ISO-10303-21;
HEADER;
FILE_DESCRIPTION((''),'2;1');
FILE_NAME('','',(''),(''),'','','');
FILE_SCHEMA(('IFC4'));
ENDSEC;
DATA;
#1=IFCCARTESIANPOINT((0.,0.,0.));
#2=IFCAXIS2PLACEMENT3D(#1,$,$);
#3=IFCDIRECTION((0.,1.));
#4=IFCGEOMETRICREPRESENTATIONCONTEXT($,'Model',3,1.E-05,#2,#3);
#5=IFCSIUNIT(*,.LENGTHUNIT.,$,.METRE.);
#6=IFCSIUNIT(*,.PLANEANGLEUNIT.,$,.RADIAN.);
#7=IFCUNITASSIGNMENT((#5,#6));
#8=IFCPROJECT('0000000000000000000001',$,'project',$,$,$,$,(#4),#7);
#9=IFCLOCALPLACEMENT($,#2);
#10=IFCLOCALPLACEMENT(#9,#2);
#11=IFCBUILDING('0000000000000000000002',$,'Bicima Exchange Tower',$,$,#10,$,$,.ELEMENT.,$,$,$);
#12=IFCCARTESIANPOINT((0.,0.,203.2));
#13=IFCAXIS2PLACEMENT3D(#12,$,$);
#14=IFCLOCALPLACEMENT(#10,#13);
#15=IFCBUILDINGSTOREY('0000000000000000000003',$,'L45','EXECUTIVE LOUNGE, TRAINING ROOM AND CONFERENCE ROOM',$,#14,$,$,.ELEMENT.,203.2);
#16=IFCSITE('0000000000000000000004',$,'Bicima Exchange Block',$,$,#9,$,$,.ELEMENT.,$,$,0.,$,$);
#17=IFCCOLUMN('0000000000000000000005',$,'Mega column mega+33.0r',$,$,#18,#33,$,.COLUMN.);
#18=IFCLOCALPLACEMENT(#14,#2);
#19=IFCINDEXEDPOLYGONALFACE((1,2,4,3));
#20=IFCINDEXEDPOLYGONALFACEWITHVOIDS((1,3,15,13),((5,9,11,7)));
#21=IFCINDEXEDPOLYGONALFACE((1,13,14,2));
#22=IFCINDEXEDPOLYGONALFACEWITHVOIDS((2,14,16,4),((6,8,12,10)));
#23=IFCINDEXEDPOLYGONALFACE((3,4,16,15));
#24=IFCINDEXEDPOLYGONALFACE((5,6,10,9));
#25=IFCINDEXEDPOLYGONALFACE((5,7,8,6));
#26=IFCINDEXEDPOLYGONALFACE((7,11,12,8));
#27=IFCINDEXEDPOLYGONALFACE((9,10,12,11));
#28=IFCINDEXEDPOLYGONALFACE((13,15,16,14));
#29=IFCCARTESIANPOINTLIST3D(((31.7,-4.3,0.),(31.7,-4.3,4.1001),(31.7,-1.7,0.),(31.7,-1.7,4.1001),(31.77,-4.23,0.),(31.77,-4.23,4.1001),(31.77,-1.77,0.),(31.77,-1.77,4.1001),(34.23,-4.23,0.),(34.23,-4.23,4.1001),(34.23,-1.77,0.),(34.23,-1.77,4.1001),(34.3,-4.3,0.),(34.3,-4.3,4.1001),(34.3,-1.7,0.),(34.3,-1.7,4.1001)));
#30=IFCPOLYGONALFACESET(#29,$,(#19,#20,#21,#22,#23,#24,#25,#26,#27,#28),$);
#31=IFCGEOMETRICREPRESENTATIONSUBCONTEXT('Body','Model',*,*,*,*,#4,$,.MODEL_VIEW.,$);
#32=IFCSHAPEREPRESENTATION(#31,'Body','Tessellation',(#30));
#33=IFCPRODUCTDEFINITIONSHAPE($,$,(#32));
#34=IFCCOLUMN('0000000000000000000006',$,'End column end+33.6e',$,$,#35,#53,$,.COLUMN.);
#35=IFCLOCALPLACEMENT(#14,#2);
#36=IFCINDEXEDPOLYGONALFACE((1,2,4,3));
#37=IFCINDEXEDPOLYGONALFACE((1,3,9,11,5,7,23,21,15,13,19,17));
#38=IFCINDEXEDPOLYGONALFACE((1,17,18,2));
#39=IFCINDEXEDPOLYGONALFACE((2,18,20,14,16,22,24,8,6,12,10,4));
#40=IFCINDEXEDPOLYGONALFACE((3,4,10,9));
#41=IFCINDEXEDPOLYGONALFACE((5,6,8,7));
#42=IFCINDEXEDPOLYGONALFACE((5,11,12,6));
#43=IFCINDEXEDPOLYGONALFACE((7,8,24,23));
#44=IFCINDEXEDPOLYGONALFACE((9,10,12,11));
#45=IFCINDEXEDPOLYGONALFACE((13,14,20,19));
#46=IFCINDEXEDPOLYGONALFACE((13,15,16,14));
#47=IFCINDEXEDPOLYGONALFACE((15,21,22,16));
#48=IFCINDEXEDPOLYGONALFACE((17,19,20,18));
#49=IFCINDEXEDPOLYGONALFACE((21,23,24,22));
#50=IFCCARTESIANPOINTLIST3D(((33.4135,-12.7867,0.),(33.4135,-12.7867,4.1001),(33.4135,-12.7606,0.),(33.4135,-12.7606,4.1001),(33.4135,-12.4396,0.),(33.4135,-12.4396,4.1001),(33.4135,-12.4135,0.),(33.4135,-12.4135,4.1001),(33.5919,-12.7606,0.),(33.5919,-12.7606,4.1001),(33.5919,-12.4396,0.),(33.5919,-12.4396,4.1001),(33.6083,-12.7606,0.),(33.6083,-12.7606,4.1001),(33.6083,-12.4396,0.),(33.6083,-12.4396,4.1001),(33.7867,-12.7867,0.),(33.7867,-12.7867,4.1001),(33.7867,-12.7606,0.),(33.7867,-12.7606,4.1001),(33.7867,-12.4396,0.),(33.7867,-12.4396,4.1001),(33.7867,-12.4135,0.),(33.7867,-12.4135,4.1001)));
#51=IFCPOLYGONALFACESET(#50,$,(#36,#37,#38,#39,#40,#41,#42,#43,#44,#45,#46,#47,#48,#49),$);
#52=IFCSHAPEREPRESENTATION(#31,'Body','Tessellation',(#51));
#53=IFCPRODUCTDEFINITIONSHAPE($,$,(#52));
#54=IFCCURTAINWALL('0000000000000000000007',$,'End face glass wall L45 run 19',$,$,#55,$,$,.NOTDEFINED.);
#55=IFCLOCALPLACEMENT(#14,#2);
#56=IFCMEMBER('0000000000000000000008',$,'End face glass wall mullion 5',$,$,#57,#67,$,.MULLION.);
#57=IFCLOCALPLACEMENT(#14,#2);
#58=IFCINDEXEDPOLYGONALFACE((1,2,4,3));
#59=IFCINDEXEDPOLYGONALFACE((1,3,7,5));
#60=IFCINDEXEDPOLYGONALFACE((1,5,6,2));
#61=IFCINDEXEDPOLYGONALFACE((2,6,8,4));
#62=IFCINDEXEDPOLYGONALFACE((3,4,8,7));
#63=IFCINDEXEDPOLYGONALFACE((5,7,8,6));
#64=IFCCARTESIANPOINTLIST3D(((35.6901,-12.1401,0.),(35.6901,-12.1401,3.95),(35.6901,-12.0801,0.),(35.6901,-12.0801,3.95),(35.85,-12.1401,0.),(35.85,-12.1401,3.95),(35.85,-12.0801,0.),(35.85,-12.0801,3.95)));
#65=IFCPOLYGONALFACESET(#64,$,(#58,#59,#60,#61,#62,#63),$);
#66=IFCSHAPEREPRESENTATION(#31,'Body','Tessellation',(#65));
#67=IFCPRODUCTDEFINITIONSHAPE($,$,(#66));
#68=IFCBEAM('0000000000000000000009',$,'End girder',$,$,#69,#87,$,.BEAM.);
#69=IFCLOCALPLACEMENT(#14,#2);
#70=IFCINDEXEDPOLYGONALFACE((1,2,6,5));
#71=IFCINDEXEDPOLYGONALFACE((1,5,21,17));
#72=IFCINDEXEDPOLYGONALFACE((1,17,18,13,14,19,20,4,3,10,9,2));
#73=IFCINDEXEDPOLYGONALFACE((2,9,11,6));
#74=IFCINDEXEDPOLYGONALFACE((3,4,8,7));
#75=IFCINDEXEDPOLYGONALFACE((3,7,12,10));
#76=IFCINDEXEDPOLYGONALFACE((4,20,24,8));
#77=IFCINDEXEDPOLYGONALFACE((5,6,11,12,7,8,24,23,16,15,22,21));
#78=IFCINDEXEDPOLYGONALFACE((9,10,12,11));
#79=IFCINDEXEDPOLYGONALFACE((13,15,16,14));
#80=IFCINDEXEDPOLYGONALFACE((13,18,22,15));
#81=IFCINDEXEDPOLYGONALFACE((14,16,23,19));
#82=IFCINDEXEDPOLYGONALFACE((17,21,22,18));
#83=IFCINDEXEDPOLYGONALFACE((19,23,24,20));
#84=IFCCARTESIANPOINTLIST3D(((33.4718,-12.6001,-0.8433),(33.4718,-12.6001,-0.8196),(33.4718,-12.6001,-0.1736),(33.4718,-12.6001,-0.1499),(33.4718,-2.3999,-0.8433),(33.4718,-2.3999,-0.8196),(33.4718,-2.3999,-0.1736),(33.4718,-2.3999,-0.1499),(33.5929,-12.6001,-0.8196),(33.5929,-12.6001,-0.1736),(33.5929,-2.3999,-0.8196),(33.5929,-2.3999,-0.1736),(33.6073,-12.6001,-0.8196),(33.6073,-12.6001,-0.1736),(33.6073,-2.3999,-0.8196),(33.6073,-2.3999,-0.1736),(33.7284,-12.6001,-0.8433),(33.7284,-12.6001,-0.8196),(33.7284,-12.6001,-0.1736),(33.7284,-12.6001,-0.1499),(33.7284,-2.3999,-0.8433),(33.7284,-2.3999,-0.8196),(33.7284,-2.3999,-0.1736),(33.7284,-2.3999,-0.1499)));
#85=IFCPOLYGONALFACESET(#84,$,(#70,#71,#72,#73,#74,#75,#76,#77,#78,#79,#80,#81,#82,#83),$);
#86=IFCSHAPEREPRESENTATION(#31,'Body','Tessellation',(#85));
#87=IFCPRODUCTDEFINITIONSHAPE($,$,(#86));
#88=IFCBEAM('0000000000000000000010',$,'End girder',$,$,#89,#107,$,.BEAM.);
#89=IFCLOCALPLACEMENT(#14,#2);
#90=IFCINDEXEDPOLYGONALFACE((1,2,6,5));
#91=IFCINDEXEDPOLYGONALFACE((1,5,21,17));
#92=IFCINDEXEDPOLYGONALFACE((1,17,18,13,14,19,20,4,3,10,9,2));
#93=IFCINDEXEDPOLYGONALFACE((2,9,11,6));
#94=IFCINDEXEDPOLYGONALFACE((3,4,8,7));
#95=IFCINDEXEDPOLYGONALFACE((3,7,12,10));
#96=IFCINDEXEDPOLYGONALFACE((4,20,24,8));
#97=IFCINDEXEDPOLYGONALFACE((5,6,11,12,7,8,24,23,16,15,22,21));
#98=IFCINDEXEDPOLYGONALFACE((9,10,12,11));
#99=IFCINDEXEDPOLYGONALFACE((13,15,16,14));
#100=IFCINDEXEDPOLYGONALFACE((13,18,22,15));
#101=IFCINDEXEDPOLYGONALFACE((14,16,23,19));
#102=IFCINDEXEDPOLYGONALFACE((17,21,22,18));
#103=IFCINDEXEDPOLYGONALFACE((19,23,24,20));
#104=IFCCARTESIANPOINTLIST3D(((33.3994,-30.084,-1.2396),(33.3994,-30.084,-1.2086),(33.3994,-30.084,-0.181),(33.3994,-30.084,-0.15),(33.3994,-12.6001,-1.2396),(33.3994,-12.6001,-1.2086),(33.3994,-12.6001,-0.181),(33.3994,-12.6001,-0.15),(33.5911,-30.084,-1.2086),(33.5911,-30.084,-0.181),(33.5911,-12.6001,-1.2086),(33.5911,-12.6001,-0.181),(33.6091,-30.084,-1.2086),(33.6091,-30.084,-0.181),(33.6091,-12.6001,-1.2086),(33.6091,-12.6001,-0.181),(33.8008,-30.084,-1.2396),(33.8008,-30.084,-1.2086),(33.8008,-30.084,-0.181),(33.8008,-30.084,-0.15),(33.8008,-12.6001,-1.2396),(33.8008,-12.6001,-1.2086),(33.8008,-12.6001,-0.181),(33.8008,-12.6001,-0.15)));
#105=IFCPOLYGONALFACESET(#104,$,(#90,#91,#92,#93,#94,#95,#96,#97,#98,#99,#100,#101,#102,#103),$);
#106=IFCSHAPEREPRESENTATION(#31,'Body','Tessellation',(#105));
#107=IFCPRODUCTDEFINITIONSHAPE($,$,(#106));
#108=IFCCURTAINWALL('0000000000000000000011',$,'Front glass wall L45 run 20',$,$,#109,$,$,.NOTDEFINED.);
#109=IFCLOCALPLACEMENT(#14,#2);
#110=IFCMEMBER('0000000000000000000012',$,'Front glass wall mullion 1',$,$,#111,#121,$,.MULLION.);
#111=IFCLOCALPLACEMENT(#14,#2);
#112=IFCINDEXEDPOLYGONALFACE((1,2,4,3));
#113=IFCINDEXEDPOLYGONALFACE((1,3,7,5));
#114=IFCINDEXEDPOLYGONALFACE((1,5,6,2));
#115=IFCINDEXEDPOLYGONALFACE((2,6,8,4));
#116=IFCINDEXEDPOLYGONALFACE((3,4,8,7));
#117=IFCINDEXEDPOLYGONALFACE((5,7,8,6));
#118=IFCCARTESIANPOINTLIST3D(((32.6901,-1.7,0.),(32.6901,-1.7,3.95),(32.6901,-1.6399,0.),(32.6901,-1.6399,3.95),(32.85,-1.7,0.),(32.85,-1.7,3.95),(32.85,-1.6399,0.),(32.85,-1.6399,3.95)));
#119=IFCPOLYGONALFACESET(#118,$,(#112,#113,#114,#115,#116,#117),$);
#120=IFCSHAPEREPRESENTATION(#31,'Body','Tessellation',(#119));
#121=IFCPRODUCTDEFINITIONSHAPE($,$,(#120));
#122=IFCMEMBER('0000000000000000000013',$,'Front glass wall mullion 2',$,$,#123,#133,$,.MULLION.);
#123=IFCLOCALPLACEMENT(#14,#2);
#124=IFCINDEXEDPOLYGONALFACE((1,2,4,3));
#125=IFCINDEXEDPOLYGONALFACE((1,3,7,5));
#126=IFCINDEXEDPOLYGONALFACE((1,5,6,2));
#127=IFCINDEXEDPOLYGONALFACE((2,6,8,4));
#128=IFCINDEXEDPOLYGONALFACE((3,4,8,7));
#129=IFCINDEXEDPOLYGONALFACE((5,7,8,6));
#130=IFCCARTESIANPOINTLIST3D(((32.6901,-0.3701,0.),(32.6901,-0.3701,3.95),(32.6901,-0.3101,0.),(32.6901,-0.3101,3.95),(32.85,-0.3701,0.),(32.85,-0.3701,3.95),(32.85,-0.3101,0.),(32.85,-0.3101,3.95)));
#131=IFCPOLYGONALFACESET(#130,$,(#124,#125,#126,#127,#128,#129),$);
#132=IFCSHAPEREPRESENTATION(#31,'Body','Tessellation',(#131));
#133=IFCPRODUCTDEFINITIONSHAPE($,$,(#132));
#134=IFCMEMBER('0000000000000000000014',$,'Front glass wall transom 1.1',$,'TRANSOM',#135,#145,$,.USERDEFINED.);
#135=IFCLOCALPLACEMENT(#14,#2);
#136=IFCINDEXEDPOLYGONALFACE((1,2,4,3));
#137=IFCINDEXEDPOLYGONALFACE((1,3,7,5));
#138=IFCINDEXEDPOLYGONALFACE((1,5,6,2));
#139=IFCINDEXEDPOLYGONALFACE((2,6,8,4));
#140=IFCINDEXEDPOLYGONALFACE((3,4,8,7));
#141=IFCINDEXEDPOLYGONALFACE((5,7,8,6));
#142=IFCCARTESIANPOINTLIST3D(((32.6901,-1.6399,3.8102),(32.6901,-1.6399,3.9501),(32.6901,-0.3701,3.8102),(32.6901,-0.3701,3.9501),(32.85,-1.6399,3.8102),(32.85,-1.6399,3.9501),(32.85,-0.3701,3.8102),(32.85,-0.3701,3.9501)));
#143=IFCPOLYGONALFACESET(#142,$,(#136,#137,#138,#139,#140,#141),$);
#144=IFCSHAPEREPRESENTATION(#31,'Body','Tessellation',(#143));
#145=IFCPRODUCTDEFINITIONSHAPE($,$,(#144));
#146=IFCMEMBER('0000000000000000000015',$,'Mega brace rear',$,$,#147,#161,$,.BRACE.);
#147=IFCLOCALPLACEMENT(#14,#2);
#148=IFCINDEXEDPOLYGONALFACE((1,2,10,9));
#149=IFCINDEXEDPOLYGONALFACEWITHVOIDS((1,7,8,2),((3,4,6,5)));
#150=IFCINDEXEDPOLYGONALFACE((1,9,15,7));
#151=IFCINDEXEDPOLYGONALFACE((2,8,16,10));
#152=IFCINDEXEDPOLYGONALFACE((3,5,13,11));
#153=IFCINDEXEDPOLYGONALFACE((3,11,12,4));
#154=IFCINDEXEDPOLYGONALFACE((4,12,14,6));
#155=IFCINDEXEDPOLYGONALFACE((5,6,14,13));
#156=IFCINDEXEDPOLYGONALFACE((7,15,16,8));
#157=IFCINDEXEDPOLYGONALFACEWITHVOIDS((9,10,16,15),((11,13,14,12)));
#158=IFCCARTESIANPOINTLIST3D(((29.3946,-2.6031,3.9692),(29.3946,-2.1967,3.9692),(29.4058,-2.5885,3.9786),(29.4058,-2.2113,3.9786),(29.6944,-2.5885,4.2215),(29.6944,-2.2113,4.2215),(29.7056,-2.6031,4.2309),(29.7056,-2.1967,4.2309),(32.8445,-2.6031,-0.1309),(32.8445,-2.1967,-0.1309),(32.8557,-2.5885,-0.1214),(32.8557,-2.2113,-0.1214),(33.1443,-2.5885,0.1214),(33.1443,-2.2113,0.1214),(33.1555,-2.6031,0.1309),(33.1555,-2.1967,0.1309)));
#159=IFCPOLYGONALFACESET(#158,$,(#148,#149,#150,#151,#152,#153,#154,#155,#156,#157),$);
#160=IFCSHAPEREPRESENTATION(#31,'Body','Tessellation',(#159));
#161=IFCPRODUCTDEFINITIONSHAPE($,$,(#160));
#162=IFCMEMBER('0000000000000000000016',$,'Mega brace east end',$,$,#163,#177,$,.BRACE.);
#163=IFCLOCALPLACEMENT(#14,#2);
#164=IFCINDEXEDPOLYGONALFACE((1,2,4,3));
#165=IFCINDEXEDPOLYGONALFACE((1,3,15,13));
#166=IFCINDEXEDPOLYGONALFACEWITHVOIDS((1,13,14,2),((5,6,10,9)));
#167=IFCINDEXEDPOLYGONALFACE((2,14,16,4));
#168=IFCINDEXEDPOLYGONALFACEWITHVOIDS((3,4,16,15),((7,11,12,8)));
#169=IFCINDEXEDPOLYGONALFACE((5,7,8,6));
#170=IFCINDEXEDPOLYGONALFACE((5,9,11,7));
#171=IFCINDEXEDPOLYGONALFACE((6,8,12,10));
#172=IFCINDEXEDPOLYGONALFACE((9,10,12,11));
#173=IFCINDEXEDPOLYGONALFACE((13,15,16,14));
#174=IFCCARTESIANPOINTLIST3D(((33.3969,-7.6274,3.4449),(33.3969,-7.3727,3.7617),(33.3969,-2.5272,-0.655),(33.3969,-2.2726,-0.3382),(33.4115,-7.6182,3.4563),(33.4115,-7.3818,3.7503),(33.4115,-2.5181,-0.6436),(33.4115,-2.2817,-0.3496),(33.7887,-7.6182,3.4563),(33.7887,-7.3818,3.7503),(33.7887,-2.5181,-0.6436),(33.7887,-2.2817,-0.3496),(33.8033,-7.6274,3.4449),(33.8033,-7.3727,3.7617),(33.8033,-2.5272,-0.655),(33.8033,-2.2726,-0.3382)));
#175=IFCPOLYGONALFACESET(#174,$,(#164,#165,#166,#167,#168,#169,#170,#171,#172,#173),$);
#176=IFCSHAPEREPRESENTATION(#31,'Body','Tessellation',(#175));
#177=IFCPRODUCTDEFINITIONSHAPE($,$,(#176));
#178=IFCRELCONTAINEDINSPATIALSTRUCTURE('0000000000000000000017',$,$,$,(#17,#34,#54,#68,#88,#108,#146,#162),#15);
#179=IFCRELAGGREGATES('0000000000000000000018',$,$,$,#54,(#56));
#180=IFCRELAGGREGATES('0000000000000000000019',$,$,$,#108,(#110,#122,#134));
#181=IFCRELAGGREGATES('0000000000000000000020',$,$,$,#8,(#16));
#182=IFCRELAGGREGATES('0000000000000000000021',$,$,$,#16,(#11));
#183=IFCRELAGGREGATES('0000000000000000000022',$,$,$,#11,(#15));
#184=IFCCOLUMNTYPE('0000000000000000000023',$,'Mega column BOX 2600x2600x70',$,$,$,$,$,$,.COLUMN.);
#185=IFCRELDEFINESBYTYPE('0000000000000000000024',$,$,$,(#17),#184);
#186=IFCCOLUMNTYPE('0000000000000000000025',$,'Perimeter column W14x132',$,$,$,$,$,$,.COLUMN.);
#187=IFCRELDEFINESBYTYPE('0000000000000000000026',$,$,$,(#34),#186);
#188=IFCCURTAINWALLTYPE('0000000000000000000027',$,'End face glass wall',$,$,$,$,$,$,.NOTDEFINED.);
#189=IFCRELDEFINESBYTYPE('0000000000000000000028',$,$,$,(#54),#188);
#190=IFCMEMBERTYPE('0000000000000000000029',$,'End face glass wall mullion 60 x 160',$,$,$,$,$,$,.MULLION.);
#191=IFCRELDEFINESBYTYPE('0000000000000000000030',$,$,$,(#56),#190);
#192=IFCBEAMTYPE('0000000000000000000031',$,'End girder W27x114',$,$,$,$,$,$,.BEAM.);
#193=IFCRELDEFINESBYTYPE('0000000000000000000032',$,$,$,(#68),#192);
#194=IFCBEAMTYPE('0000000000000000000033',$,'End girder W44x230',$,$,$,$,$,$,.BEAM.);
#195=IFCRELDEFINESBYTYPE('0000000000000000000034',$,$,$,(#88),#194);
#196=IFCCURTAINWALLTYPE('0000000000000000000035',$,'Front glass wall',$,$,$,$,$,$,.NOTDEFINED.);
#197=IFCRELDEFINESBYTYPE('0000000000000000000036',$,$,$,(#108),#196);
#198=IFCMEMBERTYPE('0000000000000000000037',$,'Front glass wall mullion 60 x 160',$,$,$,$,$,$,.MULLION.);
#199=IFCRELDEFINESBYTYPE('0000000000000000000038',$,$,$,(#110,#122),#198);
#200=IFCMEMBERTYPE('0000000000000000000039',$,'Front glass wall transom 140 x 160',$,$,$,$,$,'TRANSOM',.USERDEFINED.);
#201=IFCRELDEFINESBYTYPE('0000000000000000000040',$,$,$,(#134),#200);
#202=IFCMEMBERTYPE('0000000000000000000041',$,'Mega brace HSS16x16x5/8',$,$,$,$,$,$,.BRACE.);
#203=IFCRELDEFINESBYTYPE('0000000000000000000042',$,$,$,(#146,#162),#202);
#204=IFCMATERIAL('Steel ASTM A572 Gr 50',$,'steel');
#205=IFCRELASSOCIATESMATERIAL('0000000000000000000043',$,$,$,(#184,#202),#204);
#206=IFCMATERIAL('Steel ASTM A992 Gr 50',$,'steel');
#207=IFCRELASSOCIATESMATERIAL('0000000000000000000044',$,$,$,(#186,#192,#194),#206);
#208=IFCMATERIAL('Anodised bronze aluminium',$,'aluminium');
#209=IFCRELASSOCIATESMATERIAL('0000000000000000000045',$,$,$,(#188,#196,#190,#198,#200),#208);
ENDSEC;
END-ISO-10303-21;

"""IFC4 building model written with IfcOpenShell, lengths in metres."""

from ifc_helpers import new_model, si_unit, direction, frame, origin, origin_2d, place, context, subcontext, project, spatial, rectangle, hollow_rectangle, i_section, extrude, material, material_profile, profile_set, type_object, element, aggregate, save


model = new_model("IFC4")

# Units and contexts
model_context = context("Model", 3, precision=1e-05, world=origin(), true_north=direction((0.0, 1.0)))
body_context = subcontext(model_context, "Body", "Model", "MODEL_VIEW")
ifc_project = project(units=[si_unit("LENGTHUNIT", "METRE"), si_unit("PLANEANGLEUNIT", "RADIAN")], contexts=[model_context])

# Site, building, storey
site_placement = place(None, origin())
site = spatial("IfcSite", under=ifc_project, at=site_placement, Name="Bicima Exchange Block", CompositionType="ELEMENT", RefElevation=0.0)
building_placement = place(site_placement, origin())
building = spatial("IfcBuilding", under=site, at=building_placement, Name="Bicima Exchange Tower", CompositionType="ELEMENT")
storey_placement = place(building_placement, frame((0.0, 0.0, 203.2)))
storey = spatial("IfcBuildingStorey", under=building, at=storey_placement, Name="L45", Description="EXECUTIVE LOUNGE, TRAINING ROOM AND CONFERENCE ROOM", CompositionType="ELEMENT", Elevation=203.2)

# Columns
ifc_material_1 = material(Name="Steel ASTM A572 Gr 50", Category="steel")
ifc_material_profile_1 = material_profile(ifc_material_1, hollow_rectangle(XDim=2.6001, YDim=2.6001, WallThickness=0.0701, at=origin_2d()))
ifc_profile_set_1 = profile_set([ifc_material_profile_1], Name="Steel ASTM A572 Gr 50")
column_type_1 = type_object("IfcColumnType", Name="Mega column BOX 2600x2600x70", PredefinedType="COLUMN", material=ifc_profile_set_1)
column_1_placement = place(storey_placement, frame((33.0, -3.0, 0.0), z_axis=(0.0, 0.0, 1.0), x_axis=(1.0, 0.0, 0.0)))
element("IfcColumn", 1, at=column_1_placement, inside=storey, type_object=column_type_1, Name="Mega column mega+33.0r", PredefinedType="COLUMN", context=body_context, shape_type="SweptSolid", body=[
    extrude(hollow_rectangle(XDim=2.6001, YDim=2.6001, WallThickness=0.0701, at=origin_2d()), origin(), (0.0, 0.0, 1.0), 4.1001),
])
ifc_material_2 = material(Name="Steel ASTM A992 Gr 50", Category="steel")
ifc_material_profile_2 = material_profile(ifc_material_2, i_section(OverallWidth=0.3733, OverallDepth=0.3733, WebThickness=0.0164, FlangeThickness=0.0261, at=origin_2d()))
ifc_profile_set_2 = profile_set([ifc_material_profile_2], Name="Steel ASTM A992 Gr 50")
column_type_2 = type_object("IfcColumnType", Name="Perimeter column W14x132", PredefinedType="COLUMN", material=ifc_profile_set_2)
column_2_placement = place(storey_placement, frame((33.6001, -12.6001, 0.0), z_axis=(0.0, 0.0, 1.0), x_axis=(1.0, 0.0, 0.0)))
element("IfcColumn", 2, at=column_2_placement, inside=storey, type_object=column_type_2, Name="End column end+33.6e", PredefinedType="COLUMN", context=body_context, shape_type="SweptSolid", body=[
    extrude(i_section(OverallWidth=0.3733, OverallDepth=0.3733, WebThickness=0.0164, FlangeThickness=0.0261, at=origin_2d()), origin(), (0.0, 0.0, 1.0), 4.1001),
])

# Curtain wall, member
ifc_material_3 = material(Name="Anodised bronze aluminium", Category="aluminium")
curtain_wall_type_1 = type_object("IfcCurtainWallType", Name="End face glass wall", PredefinedType="NOTDEFINED", material=ifc_material_3)
curtain_wall_1_placement = place(storey_placement, origin())
curtain_wall_1 = element("IfcCurtainWall", 3, at=curtain_wall_1_placement, inside=storey, type_object=curtain_wall_type_1, Name="End face glass wall L45 run 19", PredefinedType="NOTDEFINED")
ifc_material_profile_3 = material_profile(ifc_material_3, rectangle(XDim=0.1599, YDim=0.0601, at=origin_2d()))
ifc_profile_set_3 = profile_set([ifc_material_profile_3], Name="Anodised bronze aluminium")
member_type_1 = type_object("IfcMemberType", Name="End face glass wall mullion 60 x 160", PredefinedType="MULLION", material=ifc_profile_set_3)
member_1_placement = place(storey_placement, frame((35.77, -12.1101, 0.0), z_axis=(0.0, 0.0, 1.0), x_axis=(-1.0, 0.0, 0.0)))
member_1 = element("IfcMember", 4, at=member_1_placement, type_object=member_type_1, Name="End face glass wall mullion 5", PredefinedType="MULLION", context=body_context, shape_type="SweptSolid", body=[
    extrude(rectangle(XDim=0.1599, YDim=0.0601, at=origin_2d()), origin(), (0.0, 0.0, 1.0), 3.95),
])
aggregate(curtain_wall_1, [member_1])

# Beams
ifc_material_profile_4 = material_profile(ifc_material_2, i_section(OverallWidth=0.2566, OverallDepth=0.6934, WebThickness=0.0144, FlangeThickness=0.0237, at=origin_2d()))
ifc_profile_set_4 = profile_set([ifc_material_profile_4], Name="Steel ASTM A992 Gr 50")
beam_type_1 = type_object("IfcBeamType", Name="End girder W27x114", PredefinedType="BEAM", material=ifc_profile_set_4)
beam_1_placement = place(storey_placement, frame((33.6001, -2.3999, -0.4966), z_axis=(0.0, -1.0, 0.0), x_axis=(1.0, 0.0, 0.0)))
element("IfcBeam", 5, at=beam_1_placement, inside=storey, type_object=beam_type_1, Name="End girder", PredefinedType="BEAM", context=body_context, shape_type="SweptSolid", body=[
    extrude(i_section(OverallWidth=0.2566, OverallDepth=0.6934, WebThickness=0.0144, FlangeThickness=0.0237, at=origin_2d()), origin(), (0.0, 0.0, 1.0), 10.2002),
])
ifc_material_profile_5 = material_profile(ifc_material_2, i_section(OverallWidth=0.4014, OverallDepth=1.0896, WebThickness=0.0181, FlangeThickness=0.031, at=origin_2d()))
ifc_profile_set_5 = profile_set([ifc_material_profile_5], Name="Steel ASTM A992 Gr 50")
beam_type_2 = type_object("IfcBeamType", Name="End girder W44x230", PredefinedType="BEAM", material=ifc_profile_set_5)
beam_2_placement = place(storey_placement, frame((33.6001, -12.6001, -0.6948), z_axis=(0.0, -1.0, 0.0), x_axis=(1.0, 0.0, 0.0)))
element("IfcBeam", 6, at=beam_2_placement, inside=storey, type_object=beam_type_2, Name="End girder", PredefinedType="BEAM", context=body_context, shape_type="SweptSolid", body=[
    extrude(i_section(OverallWidth=0.4014, OverallDepth=1.0896, WebThickness=0.0181, FlangeThickness=0.031, at=origin_2d()), origin(), (0.0, 0.0, 1.0), 17.4839),
])

# Curtain wall, members
curtain_wall_type_2 = type_object("IfcCurtainWallType", Name="Front glass wall", PredefinedType="NOTDEFINED", material=ifc_material_3)
curtain_wall_2_placement = place(storey_placement, origin())
curtain_wall_2 = element("IfcCurtainWall", 7, at=curtain_wall_2_placement, inside=storey, type_object=curtain_wall_type_2, Name="Front glass wall L45 run 20", PredefinedType="NOTDEFINED")
member_type_2 = type_object("IfcMemberType", Name="Front glass wall mullion 60 x 160", PredefinedType="MULLION", material=ifc_profile_set_3)
member_2_placement = place(storey_placement, frame((32.77, -1.6699, 0.0), z_axis=(0.0, 0.0, 1.0), x_axis=(-1.0, 0.0, 0.0)))
member_2 = element("IfcMember", 8, at=member_2_placement, type_object=member_type_2, Name="Front glass wall mullion 1", PredefinedType="MULLION", context=body_context, shape_type="SweptSolid", body=[
    extrude(rectangle(XDim=0.1599, YDim=0.0601, at=origin_2d()), origin(), (0.0, 0.0, 1.0), 3.95),
])
member_3_placement = place(storey_placement, frame((32.77, -0.3401, 0.0), z_axis=(0.0, 0.0, 1.0), x_axis=(-1.0, 0.0, 0.0)))
member_3 = element("IfcMember", 9, at=member_3_placement, type_object=member_type_2, Name="Front glass wall mullion 2", PredefinedType="MULLION", context=body_context, shape_type="SweptSolid", body=[
    extrude(rectangle(XDim=0.1599, YDim=0.0601, at=origin_2d()), origin(), (0.0, 0.0, 1.0), 3.95),
])
ifc_material_profile_6 = material_profile(ifc_material_3, rectangle(XDim=0.1599, YDim=0.1399, at=origin_2d()))
ifc_profile_set_6 = profile_set([ifc_material_profile_6], Name="Anodised bronze aluminium")
member_type_3 = type_object("IfcMemberType", Name="Front glass wall transom 140 x 160", ElementType="TRANSOM", PredefinedType="USERDEFINED", material=ifc_profile_set_6)
member_4_placement = place(storey_placement, frame((32.77, -1.6399, 3.8801), z_axis=(0.0, 1.0, 0.0), x_axis=(-1.0, 0.0, 0.0)))
member_4 = element("IfcMember", 10, at=member_4_placement, type_object=member_type_3, Name="Front glass wall transom 1.1", ObjectType="TRANSOM", PredefinedType="USERDEFINED", context=body_context, shape_type="SweptSolid", body=[
    extrude(rectangle(XDim=0.1599, YDim=0.1399, at=origin_2d()), origin(), (0.0, 0.0, 1.0), 1.2698),
])

# Members
ifc_material_profile_7 = material_profile(ifc_material_1, hollow_rectangle(XDim=0.4065, YDim=0.4065, WallThickness=0.0146, at=origin_2d()))
ifc_profile_set_7 = profile_set([ifc_material_profile_7], Name="Steel ASTM A572 Gr 50")
member_type_4 = type_object("IfcMemberType", Name="Mega brace HSS16x16x5/8", PredefinedType="BRACE", material=ifc_profile_set_7)
member_5_placement = place(storey_placement, frame((33.0, -2.3999, 0.0), z_axis=(-0.643834, 0.0, 0.765165), x_axis=(0.0, -1.0, 0.0)))
element("IfcMember", 11, at=member_5_placement, inside=storey, type_object=member_type_4, Name="Mega brace rear", PredefinedType="BRACE", context=body_context, shape_type="SweptSolid", body=[
    extrude(hollow_rectangle(XDim=0.4065, YDim=0.4065, WallThickness=0.0146, at=origin_2d()), origin(), (0.0, 0.0, 1.0), 5.3584),
])
for number, where, z_axis, x_axis, name in (
    (12, (33.6001, -2.3999, -0.4966), (0.0, -0.779392, 0.626536), (1.0, 0.0, 0.0), "Mega brace east end"),
):
    element("IfcMember", number, at=place(storey_placement, frame(where, z_axis=z_axis, x_axis=x_axis)), inside=storey, type_object=member_type_4, Name=name, PredefinedType="BRACE", context=body_context, shape_type="SweptSolid", body=[
        extrude(hollow_rectangle(XDim=0.4065, YDim=0.4065, WallThickness=0.0146, at=origin_2d()), origin(), (0.0, 0.0, 1.0), 6.5437),
    ])

aggregate(curtain_wall_2, [member_2, member_3, member_4])

save(model, "model.ifc")
